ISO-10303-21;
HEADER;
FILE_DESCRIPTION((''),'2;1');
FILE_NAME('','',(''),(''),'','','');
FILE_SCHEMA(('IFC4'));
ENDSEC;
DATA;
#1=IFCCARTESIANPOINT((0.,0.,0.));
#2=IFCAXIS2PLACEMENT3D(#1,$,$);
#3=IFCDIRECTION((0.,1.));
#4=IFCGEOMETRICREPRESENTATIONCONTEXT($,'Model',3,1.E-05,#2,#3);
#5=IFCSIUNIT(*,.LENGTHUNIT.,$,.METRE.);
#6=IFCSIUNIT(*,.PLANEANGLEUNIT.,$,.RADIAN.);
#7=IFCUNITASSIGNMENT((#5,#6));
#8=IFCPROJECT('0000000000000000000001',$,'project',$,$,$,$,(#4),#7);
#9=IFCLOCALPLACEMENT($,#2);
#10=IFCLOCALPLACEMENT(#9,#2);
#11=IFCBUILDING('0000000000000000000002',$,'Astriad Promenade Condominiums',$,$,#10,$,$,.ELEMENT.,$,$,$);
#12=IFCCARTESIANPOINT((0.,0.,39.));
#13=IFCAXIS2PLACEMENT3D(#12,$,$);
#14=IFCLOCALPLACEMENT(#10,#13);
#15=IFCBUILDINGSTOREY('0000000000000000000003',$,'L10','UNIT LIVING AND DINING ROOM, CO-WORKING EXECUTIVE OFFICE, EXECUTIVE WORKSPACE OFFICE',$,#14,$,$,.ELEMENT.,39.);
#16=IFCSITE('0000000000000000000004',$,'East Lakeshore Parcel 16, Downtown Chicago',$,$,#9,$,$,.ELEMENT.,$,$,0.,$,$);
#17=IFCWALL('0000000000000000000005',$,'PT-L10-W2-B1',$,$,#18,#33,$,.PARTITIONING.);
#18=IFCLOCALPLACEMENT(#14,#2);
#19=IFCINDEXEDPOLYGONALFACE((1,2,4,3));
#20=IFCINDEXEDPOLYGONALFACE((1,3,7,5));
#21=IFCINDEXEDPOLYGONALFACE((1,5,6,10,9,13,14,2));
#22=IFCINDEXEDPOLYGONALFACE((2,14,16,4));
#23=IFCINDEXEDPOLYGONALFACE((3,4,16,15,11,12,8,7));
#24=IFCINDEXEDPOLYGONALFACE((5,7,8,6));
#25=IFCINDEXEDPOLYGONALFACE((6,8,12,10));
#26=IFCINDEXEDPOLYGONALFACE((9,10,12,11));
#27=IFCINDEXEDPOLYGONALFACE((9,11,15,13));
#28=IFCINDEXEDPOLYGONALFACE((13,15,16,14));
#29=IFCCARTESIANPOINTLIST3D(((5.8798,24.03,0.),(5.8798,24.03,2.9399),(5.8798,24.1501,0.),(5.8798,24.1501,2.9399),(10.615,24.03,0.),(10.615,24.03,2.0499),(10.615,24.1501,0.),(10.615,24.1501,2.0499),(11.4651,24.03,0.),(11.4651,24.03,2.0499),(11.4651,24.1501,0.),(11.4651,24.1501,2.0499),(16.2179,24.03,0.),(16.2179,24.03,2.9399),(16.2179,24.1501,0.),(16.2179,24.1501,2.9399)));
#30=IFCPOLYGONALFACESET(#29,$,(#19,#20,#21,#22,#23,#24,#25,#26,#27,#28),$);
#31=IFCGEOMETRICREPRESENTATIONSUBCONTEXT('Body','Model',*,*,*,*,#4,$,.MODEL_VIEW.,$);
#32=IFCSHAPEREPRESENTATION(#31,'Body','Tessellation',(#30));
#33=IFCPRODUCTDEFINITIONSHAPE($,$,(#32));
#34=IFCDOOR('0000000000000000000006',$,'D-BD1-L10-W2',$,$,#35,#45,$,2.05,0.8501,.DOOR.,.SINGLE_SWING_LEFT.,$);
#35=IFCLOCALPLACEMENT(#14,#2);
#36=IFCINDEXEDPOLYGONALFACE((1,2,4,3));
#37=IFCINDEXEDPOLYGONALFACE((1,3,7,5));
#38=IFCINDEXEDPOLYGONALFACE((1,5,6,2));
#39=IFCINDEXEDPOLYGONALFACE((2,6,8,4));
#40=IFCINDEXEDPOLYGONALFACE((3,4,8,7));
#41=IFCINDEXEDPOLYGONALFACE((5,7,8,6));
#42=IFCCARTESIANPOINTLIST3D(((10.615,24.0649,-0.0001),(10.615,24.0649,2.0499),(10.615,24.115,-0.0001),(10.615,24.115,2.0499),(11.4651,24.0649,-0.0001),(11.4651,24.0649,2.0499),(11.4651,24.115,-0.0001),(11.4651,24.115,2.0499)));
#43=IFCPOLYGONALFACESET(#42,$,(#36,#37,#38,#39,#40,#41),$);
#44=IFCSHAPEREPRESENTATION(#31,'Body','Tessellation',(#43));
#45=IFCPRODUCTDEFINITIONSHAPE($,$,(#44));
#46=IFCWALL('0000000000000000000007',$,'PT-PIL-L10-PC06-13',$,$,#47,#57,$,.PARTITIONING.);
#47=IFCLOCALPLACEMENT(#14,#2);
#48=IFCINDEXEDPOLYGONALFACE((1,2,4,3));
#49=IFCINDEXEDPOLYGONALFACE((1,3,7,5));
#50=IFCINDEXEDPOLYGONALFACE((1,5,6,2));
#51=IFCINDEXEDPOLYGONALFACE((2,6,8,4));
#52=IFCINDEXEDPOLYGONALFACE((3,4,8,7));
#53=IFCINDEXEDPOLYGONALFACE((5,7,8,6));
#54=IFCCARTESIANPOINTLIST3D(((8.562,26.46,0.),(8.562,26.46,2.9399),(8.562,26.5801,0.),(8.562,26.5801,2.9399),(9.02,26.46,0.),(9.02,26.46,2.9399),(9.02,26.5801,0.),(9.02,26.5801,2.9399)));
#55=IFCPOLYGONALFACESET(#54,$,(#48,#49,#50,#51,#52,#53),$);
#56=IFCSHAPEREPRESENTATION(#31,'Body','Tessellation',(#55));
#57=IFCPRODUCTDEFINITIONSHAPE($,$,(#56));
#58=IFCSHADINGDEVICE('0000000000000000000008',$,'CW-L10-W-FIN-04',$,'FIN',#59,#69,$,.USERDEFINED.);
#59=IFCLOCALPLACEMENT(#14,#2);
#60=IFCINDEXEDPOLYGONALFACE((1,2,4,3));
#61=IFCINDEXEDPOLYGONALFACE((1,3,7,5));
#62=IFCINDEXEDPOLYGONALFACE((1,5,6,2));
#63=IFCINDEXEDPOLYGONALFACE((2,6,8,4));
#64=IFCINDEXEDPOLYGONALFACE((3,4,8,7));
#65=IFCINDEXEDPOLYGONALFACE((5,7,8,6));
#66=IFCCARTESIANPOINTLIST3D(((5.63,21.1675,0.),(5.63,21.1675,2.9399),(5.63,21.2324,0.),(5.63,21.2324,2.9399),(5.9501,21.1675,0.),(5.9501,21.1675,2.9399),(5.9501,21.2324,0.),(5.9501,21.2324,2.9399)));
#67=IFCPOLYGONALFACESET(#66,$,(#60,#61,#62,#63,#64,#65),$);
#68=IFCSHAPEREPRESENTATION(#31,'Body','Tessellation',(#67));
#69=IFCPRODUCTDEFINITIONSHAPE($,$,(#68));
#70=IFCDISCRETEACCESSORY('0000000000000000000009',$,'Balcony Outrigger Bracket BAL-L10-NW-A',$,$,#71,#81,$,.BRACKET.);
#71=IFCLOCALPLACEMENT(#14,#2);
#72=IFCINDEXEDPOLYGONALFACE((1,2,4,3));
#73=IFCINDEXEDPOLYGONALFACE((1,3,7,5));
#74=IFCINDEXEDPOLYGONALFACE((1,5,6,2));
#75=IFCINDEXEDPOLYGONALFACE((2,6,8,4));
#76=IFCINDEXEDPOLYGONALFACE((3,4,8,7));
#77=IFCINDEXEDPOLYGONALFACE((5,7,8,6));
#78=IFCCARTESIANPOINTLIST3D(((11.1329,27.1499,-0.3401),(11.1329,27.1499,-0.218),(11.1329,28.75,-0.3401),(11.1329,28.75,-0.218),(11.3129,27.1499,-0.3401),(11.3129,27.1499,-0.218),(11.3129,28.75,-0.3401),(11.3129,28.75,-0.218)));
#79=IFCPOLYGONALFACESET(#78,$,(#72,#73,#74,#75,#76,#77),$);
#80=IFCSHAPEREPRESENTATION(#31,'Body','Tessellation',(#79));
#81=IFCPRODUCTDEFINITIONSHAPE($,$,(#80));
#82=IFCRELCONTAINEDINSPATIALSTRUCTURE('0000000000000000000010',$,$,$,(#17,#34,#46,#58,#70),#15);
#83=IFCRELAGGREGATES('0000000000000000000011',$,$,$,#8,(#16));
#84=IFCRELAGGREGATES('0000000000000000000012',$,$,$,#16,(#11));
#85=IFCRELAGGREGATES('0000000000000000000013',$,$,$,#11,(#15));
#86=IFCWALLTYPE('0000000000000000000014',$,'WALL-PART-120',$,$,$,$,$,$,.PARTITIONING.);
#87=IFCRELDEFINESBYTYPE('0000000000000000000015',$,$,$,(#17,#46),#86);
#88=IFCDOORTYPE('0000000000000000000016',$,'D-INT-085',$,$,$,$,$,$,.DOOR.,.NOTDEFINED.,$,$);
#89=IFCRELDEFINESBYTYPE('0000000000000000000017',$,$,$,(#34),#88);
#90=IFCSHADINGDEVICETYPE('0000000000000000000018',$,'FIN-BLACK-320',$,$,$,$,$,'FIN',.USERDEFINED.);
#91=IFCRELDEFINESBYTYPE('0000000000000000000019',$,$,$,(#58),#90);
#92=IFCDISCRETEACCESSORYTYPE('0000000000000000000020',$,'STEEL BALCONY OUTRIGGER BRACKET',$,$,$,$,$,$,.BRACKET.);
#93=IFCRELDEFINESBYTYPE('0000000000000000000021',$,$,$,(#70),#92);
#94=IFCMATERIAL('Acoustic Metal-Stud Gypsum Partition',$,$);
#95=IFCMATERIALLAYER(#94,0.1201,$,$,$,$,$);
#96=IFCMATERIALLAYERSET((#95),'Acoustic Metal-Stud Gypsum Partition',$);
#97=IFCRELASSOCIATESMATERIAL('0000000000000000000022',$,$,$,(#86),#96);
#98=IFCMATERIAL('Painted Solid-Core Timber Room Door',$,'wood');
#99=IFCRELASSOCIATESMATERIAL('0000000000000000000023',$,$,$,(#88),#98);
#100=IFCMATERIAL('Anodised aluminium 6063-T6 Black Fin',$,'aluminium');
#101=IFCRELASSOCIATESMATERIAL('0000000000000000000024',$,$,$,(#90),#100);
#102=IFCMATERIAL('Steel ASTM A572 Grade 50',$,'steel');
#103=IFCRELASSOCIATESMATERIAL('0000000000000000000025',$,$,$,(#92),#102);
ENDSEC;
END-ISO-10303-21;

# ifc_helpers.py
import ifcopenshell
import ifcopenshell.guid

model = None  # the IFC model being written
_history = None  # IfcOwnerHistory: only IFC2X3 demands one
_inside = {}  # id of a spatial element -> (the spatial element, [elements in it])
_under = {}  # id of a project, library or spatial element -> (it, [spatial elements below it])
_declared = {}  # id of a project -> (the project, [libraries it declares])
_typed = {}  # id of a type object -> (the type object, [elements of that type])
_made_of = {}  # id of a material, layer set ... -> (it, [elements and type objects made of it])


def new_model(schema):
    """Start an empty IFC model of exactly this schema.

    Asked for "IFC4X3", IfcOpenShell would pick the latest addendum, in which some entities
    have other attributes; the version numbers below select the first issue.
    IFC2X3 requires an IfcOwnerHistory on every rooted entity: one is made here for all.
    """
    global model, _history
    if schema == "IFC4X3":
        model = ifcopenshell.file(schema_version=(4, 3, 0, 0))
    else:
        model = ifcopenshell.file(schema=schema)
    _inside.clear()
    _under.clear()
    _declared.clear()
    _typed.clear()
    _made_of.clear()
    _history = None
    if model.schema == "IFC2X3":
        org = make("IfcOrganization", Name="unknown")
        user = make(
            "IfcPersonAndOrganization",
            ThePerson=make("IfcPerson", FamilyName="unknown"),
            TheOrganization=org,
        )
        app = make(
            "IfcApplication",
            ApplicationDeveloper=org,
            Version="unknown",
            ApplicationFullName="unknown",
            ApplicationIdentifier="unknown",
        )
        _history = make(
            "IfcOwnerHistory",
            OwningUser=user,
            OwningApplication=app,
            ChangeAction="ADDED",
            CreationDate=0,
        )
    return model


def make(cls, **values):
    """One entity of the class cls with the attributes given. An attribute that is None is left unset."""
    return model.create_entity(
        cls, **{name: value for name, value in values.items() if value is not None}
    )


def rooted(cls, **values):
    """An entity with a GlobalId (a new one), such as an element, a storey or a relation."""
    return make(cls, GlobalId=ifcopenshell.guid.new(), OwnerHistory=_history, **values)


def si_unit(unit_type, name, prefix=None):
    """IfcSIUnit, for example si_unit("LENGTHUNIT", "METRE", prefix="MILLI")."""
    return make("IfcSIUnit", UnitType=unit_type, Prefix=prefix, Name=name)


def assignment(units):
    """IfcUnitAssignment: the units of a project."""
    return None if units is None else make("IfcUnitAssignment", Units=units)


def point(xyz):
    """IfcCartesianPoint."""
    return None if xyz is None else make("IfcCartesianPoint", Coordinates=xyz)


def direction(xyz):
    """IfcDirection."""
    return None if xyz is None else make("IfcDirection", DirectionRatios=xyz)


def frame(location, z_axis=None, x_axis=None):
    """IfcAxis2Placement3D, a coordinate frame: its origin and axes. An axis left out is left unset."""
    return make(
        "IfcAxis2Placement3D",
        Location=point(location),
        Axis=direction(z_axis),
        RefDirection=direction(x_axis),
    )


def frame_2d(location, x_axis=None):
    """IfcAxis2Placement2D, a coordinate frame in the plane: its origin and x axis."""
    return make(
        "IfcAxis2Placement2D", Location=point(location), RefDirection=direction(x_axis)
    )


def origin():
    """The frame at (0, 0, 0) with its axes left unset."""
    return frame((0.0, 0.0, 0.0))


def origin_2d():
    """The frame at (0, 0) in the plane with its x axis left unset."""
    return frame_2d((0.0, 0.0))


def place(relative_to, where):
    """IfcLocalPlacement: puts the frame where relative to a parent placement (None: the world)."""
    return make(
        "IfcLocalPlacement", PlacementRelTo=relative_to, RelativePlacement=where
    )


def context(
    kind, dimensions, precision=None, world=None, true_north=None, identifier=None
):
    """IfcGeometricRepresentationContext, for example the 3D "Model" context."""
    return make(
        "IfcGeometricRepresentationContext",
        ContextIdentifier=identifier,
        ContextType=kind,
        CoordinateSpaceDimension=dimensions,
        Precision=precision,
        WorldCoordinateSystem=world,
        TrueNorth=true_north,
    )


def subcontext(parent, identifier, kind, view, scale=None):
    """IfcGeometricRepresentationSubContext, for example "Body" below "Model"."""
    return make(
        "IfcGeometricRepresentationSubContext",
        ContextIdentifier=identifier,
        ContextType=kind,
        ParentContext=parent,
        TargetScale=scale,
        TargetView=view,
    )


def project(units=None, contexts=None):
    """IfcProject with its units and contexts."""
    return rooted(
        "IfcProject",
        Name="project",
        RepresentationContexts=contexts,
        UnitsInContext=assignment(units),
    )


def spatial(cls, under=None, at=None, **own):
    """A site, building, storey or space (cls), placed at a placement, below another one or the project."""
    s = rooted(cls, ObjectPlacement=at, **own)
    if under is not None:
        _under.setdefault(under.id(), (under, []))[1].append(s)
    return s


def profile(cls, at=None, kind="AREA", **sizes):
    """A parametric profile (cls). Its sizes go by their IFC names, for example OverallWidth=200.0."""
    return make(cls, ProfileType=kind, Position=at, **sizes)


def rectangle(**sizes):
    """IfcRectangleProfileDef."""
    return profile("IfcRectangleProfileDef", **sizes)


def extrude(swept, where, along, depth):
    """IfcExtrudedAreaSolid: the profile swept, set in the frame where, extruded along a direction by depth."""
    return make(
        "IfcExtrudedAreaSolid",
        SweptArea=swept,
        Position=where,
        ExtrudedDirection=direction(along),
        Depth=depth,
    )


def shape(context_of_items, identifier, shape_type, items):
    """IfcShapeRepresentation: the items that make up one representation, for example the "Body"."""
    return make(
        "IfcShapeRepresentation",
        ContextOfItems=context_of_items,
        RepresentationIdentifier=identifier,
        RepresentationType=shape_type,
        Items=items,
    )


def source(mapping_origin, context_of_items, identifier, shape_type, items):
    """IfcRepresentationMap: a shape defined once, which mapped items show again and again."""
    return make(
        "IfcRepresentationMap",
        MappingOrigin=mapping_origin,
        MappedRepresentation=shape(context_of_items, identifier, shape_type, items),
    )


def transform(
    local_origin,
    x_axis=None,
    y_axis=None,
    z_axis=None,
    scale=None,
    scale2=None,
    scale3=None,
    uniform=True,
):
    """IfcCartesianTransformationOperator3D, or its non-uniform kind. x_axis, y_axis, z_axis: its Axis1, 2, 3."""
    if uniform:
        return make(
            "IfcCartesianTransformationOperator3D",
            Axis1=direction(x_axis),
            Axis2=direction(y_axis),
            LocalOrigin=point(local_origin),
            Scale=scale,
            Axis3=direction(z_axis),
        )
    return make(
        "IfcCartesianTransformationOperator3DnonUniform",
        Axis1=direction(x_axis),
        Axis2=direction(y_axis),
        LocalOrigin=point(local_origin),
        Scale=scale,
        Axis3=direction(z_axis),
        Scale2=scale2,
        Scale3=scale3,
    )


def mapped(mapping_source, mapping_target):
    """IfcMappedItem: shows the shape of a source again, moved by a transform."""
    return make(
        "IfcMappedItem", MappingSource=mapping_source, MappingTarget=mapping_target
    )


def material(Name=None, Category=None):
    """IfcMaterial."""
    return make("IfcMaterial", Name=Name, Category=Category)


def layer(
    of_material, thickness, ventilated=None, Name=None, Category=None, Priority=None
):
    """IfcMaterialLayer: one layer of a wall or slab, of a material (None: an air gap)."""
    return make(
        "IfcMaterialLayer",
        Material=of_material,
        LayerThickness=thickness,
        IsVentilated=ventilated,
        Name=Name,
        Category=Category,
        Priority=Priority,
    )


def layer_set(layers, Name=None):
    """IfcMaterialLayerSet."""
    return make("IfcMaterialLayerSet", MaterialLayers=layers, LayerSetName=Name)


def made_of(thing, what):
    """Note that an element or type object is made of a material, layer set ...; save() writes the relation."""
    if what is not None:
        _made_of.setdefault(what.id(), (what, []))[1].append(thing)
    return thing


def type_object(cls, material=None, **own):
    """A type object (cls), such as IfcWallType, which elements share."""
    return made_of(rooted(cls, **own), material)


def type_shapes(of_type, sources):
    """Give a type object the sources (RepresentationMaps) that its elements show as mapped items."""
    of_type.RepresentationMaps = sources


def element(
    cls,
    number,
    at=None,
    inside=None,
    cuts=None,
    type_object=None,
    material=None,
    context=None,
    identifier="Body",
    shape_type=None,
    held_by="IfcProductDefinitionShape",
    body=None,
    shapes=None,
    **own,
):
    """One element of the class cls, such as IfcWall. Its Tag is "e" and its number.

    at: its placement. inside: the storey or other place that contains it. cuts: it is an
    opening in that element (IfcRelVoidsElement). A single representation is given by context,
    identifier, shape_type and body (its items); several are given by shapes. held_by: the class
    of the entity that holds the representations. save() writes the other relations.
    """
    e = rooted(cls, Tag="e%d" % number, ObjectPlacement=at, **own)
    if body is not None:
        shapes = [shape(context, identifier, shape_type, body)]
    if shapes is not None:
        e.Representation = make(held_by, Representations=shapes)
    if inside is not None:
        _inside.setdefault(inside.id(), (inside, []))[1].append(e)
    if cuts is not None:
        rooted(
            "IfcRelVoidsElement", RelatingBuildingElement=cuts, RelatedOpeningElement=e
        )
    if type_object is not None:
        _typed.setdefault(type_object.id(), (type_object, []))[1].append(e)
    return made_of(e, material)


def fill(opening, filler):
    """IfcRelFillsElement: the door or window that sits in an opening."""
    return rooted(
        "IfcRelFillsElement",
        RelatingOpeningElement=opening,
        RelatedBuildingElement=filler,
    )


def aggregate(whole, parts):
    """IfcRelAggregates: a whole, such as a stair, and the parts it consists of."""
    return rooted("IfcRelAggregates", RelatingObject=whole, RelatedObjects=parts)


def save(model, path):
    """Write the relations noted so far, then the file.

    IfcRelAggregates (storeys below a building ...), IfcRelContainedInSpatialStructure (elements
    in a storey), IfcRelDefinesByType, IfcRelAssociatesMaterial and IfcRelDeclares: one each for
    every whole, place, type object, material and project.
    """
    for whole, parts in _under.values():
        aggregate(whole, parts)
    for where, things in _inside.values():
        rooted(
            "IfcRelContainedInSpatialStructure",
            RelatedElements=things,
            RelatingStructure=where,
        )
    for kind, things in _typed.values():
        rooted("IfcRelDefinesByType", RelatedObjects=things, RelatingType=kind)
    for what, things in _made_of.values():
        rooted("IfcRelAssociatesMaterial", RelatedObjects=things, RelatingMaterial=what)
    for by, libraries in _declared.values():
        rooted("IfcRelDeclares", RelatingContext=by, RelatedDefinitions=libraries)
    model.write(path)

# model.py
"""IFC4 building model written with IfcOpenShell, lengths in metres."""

from ifc_helpers import new_model, si_unit, direction, frame, frame_2d, origin, origin_2d, place, context, subcontext, project, spatial, rectangle, extrude, source, transform, mapped, material, layer, layer_set, type_object, type_shapes, element, fill, save


model = new_model("IFC4")

# Units and contexts
model_context = context("Model", 3, precision=1e-05, world=origin(), true_north=direction((0.0, 1.0)))
body_context = subcontext(model_context, "Body", "Model", "MODEL_VIEW")
ifc_project = project(units=[si_unit("LENGTHUNIT", "METRE"), si_unit("PLANEANGLEUNIT", "RADIAN")], contexts=[model_context])

# Site, building, storey
site_placement = place(None, origin())
site = spatial("IfcSite", under=ifc_project, at=site_placement, Name="East Lakeshore Parcel 16, Downtown Chicago", CompositionType="ELEMENT", RefElevation=0.0)
building_placement = place(site_placement, origin())
building = spatial("IfcBuilding", under=site, at=building_placement, Name="Astriad Promenade Condominiums", CompositionType="ELEMENT")
storey_placement = place(building_placement, frame((0.0, 0.0, 39.0)))
storey = spatial("IfcBuildingStorey", under=building, at=storey_placement, Name="L10", Description="UNIT LIVING AND DINING ROOM, CO-WORKING EXECUTIVE OFFICE, EXECUTIVE WORKSPACE OFFICE", CompositionType="ELEMENT", Elevation=39.0)

# Shared definitions
ifc_material_1 = material(Name="Acoustic Metal-Stud Gypsum Partition")
ifc_layer_1 = layer(ifc_material_1, 0.1201)
ifc_layer_set_1 = layer_set([ifc_layer_1], Name="Acoustic Metal-Stud Gypsum Partition")
wall_type_1 = type_object("IfcWallType", Name="WALL-PART-120", PredefinedType="PARTITIONING", material=ifc_layer_set_1)
ifc_material_2 = material(Name="Painted Solid-Core Timber Room Door", Category="wood")
door_type_1 = type_object("IfcDoorType", Name="D-INT-085", OperationType="NOTDEFINED", PredefinedType="DOOR", material=ifc_material_2)
shared_shape_1 = source(origin(), body_context, "Body", "SweptSolid", [
    extrude(rectangle(XDim=0.8501, YDim=2.05, at=frame_2d((0.425, 1.0249))), frame((0.0, 0.0249, 0.0), z_axis=(0.0, -1.0, 0.0), x_axis=(1.0, 0.0, 0.0)), (0.0, 0.0, 1.0), 0.05),
])
type_shapes(door_type_1, [shared_shape_1])

# Wall, opening, door
wall_1_placement = place(storey_placement, frame((5.8799, 24.0901, 0.0), z_axis=(0.0, 0.0, 1.0), x_axis=(1.0, 0.0, 0.0)))
wall_1 = element("IfcWall", 1, at=wall_1_placement, inside=storey, type_object=wall_type_1, Name="PT-L10-W2-B1", PredefinedType="PARTITIONING", context=body_context, shape_type="SweptSolid", body=[
    extrude(rectangle(XDim=10.3381, YDim=0.1201, at=frame_2d((5.1689, 0.0))), origin(), (0.0, 0.0, 1.0), 2.9399),
])
opening_1_placement = place(wall_1_placement, frame((4.7351, 0.0, 0.0)))
opening_1 = element("IfcOpeningElement", 2, at=opening_1_placement, cuts=wall_1, PredefinedType="OPENING", context=body_context, shape_type="SweptSolid", body=[
    extrude(rectangle(XDim=0.8501, YDim=2.05, at=frame_2d((0.425, 1.0249))), frame((0.0, 0.0701, 0.0), z_axis=(0.0, -1.0, 0.0), x_axis=(1.0, 0.0, 0.0)), (0.0, 0.0, 1.0), 0.1401),
])
door_1_placement = place(opening_1_placement, origin())
door_1 = element("IfcDoor", 3, at=door_1_placement, inside=storey, type_object=door_type_1, Name="D-BD1-L10-W2", OperationType="SINGLE_SWING_LEFT", OverallHeight=2.05, OverallWidth=0.8501, PredefinedType="DOOR", context=body_context, shape_type="MappedRepresentation", body=[
    mapped(shared_shape_1, transform((0.0, 0.0, 0.0), scale=1.0)),
])
fill(opening_1, door_1)

# Wall
wall_2_placement = place(storey_placement, frame((9.02, 26.52, 0.0), z_axis=(0.0, 0.0, 1.0), x_axis=(-1.0, 0.0, 0.0)))
element("IfcWall", 4, at=wall_2_placement, inside=storey, type_object=wall_type_1, Name="PT-PIL-L10-PC06-13", PredefinedType="PARTITIONING", context=body_context, shape_type="SweptSolid", body=[
    extrude(rectangle(XDim=0.458, YDim=0.1201, at=frame_2d((0.229, 0.0))), origin(), (0.0, 0.0, 1.0), 2.9399),
])

# Shading device
ifc_material_3 = material(Name="Anodised aluminium 6063-T6 Black Fin", Category="aluminium")
shading_device_type = type_object("IfcShadingDeviceType", Name="FIN-BLACK-320", ElementType="FIN", PredefinedType="USERDEFINED", material=ifc_material_3)
shared_shape_2 = source(origin(), body_context, "Body", "SweptSolid", [
    extrude(rectangle(XDim=0.0649, YDim=0.3201, at=origin_2d()), origin(), (0.0, 0.0, 1.0), 2.9399),
])
type_shapes(shading_device_type, [shared_shape_2])
shading_device_placement = place(storey_placement, frame((5.79, 21.2, 0.0), z_axis=(0.0, 0.0, 1.0), x_axis=(0.0, 1.0, 0.0)))
element("IfcShadingDevice", 5, at=shading_device_placement, inside=storey, type_object=shading_device_type, Name="CW-L10-W-FIN-04", ObjectType="FIN", PredefinedType="USERDEFINED", context=body_context, shape_type="MappedRepresentation", body=[
    mapped(shared_shape_2, transform((0.0, 0.0, 0.0), scale=1.0)),
])

# Discrete accessory
ifc_material_4 = material(Name="Steel ASTM A572 Grade 50", Category="steel")
discrete_accessory_type = type_object("IfcDiscreteAccessoryType", Name="STEEL BALCONY OUTRIGGER BRACKET", PredefinedType="BRACKET", material=ifc_material_4)
shared_shape_3 = source(origin(), body_context, "Body", "SweptSolid", [
    extrude(rectangle(XDim=1.6001, YDim=0.1799, at=origin_2d()), origin(), (0.0, 0.0, 1.0), 0.1221),
])
type_shapes(discrete_accessory_type, [shared_shape_3])
discrete_accessory_placement = place(storey_placement, frame((11.2229, 27.95, -0.3401), z_axis=(0.0, 0.0, 1.0), x_axis=(0.0, 1.0, 0.0)))
element("IfcDiscreteAccessory", 6, at=discrete_accessory_placement, inside=storey, type_object=discrete_accessory_type, Name="Balcony Outrigger Bracket BAL-L10-NW-A", PredefinedType="BRACKET", context=body_context, shape_type="MappedRepresentation", body=[
    mapped(shared_shape_3, transform((0.0, 0.0, 0.0), scale=1.0)),
])

save(model, "model.ifc")
